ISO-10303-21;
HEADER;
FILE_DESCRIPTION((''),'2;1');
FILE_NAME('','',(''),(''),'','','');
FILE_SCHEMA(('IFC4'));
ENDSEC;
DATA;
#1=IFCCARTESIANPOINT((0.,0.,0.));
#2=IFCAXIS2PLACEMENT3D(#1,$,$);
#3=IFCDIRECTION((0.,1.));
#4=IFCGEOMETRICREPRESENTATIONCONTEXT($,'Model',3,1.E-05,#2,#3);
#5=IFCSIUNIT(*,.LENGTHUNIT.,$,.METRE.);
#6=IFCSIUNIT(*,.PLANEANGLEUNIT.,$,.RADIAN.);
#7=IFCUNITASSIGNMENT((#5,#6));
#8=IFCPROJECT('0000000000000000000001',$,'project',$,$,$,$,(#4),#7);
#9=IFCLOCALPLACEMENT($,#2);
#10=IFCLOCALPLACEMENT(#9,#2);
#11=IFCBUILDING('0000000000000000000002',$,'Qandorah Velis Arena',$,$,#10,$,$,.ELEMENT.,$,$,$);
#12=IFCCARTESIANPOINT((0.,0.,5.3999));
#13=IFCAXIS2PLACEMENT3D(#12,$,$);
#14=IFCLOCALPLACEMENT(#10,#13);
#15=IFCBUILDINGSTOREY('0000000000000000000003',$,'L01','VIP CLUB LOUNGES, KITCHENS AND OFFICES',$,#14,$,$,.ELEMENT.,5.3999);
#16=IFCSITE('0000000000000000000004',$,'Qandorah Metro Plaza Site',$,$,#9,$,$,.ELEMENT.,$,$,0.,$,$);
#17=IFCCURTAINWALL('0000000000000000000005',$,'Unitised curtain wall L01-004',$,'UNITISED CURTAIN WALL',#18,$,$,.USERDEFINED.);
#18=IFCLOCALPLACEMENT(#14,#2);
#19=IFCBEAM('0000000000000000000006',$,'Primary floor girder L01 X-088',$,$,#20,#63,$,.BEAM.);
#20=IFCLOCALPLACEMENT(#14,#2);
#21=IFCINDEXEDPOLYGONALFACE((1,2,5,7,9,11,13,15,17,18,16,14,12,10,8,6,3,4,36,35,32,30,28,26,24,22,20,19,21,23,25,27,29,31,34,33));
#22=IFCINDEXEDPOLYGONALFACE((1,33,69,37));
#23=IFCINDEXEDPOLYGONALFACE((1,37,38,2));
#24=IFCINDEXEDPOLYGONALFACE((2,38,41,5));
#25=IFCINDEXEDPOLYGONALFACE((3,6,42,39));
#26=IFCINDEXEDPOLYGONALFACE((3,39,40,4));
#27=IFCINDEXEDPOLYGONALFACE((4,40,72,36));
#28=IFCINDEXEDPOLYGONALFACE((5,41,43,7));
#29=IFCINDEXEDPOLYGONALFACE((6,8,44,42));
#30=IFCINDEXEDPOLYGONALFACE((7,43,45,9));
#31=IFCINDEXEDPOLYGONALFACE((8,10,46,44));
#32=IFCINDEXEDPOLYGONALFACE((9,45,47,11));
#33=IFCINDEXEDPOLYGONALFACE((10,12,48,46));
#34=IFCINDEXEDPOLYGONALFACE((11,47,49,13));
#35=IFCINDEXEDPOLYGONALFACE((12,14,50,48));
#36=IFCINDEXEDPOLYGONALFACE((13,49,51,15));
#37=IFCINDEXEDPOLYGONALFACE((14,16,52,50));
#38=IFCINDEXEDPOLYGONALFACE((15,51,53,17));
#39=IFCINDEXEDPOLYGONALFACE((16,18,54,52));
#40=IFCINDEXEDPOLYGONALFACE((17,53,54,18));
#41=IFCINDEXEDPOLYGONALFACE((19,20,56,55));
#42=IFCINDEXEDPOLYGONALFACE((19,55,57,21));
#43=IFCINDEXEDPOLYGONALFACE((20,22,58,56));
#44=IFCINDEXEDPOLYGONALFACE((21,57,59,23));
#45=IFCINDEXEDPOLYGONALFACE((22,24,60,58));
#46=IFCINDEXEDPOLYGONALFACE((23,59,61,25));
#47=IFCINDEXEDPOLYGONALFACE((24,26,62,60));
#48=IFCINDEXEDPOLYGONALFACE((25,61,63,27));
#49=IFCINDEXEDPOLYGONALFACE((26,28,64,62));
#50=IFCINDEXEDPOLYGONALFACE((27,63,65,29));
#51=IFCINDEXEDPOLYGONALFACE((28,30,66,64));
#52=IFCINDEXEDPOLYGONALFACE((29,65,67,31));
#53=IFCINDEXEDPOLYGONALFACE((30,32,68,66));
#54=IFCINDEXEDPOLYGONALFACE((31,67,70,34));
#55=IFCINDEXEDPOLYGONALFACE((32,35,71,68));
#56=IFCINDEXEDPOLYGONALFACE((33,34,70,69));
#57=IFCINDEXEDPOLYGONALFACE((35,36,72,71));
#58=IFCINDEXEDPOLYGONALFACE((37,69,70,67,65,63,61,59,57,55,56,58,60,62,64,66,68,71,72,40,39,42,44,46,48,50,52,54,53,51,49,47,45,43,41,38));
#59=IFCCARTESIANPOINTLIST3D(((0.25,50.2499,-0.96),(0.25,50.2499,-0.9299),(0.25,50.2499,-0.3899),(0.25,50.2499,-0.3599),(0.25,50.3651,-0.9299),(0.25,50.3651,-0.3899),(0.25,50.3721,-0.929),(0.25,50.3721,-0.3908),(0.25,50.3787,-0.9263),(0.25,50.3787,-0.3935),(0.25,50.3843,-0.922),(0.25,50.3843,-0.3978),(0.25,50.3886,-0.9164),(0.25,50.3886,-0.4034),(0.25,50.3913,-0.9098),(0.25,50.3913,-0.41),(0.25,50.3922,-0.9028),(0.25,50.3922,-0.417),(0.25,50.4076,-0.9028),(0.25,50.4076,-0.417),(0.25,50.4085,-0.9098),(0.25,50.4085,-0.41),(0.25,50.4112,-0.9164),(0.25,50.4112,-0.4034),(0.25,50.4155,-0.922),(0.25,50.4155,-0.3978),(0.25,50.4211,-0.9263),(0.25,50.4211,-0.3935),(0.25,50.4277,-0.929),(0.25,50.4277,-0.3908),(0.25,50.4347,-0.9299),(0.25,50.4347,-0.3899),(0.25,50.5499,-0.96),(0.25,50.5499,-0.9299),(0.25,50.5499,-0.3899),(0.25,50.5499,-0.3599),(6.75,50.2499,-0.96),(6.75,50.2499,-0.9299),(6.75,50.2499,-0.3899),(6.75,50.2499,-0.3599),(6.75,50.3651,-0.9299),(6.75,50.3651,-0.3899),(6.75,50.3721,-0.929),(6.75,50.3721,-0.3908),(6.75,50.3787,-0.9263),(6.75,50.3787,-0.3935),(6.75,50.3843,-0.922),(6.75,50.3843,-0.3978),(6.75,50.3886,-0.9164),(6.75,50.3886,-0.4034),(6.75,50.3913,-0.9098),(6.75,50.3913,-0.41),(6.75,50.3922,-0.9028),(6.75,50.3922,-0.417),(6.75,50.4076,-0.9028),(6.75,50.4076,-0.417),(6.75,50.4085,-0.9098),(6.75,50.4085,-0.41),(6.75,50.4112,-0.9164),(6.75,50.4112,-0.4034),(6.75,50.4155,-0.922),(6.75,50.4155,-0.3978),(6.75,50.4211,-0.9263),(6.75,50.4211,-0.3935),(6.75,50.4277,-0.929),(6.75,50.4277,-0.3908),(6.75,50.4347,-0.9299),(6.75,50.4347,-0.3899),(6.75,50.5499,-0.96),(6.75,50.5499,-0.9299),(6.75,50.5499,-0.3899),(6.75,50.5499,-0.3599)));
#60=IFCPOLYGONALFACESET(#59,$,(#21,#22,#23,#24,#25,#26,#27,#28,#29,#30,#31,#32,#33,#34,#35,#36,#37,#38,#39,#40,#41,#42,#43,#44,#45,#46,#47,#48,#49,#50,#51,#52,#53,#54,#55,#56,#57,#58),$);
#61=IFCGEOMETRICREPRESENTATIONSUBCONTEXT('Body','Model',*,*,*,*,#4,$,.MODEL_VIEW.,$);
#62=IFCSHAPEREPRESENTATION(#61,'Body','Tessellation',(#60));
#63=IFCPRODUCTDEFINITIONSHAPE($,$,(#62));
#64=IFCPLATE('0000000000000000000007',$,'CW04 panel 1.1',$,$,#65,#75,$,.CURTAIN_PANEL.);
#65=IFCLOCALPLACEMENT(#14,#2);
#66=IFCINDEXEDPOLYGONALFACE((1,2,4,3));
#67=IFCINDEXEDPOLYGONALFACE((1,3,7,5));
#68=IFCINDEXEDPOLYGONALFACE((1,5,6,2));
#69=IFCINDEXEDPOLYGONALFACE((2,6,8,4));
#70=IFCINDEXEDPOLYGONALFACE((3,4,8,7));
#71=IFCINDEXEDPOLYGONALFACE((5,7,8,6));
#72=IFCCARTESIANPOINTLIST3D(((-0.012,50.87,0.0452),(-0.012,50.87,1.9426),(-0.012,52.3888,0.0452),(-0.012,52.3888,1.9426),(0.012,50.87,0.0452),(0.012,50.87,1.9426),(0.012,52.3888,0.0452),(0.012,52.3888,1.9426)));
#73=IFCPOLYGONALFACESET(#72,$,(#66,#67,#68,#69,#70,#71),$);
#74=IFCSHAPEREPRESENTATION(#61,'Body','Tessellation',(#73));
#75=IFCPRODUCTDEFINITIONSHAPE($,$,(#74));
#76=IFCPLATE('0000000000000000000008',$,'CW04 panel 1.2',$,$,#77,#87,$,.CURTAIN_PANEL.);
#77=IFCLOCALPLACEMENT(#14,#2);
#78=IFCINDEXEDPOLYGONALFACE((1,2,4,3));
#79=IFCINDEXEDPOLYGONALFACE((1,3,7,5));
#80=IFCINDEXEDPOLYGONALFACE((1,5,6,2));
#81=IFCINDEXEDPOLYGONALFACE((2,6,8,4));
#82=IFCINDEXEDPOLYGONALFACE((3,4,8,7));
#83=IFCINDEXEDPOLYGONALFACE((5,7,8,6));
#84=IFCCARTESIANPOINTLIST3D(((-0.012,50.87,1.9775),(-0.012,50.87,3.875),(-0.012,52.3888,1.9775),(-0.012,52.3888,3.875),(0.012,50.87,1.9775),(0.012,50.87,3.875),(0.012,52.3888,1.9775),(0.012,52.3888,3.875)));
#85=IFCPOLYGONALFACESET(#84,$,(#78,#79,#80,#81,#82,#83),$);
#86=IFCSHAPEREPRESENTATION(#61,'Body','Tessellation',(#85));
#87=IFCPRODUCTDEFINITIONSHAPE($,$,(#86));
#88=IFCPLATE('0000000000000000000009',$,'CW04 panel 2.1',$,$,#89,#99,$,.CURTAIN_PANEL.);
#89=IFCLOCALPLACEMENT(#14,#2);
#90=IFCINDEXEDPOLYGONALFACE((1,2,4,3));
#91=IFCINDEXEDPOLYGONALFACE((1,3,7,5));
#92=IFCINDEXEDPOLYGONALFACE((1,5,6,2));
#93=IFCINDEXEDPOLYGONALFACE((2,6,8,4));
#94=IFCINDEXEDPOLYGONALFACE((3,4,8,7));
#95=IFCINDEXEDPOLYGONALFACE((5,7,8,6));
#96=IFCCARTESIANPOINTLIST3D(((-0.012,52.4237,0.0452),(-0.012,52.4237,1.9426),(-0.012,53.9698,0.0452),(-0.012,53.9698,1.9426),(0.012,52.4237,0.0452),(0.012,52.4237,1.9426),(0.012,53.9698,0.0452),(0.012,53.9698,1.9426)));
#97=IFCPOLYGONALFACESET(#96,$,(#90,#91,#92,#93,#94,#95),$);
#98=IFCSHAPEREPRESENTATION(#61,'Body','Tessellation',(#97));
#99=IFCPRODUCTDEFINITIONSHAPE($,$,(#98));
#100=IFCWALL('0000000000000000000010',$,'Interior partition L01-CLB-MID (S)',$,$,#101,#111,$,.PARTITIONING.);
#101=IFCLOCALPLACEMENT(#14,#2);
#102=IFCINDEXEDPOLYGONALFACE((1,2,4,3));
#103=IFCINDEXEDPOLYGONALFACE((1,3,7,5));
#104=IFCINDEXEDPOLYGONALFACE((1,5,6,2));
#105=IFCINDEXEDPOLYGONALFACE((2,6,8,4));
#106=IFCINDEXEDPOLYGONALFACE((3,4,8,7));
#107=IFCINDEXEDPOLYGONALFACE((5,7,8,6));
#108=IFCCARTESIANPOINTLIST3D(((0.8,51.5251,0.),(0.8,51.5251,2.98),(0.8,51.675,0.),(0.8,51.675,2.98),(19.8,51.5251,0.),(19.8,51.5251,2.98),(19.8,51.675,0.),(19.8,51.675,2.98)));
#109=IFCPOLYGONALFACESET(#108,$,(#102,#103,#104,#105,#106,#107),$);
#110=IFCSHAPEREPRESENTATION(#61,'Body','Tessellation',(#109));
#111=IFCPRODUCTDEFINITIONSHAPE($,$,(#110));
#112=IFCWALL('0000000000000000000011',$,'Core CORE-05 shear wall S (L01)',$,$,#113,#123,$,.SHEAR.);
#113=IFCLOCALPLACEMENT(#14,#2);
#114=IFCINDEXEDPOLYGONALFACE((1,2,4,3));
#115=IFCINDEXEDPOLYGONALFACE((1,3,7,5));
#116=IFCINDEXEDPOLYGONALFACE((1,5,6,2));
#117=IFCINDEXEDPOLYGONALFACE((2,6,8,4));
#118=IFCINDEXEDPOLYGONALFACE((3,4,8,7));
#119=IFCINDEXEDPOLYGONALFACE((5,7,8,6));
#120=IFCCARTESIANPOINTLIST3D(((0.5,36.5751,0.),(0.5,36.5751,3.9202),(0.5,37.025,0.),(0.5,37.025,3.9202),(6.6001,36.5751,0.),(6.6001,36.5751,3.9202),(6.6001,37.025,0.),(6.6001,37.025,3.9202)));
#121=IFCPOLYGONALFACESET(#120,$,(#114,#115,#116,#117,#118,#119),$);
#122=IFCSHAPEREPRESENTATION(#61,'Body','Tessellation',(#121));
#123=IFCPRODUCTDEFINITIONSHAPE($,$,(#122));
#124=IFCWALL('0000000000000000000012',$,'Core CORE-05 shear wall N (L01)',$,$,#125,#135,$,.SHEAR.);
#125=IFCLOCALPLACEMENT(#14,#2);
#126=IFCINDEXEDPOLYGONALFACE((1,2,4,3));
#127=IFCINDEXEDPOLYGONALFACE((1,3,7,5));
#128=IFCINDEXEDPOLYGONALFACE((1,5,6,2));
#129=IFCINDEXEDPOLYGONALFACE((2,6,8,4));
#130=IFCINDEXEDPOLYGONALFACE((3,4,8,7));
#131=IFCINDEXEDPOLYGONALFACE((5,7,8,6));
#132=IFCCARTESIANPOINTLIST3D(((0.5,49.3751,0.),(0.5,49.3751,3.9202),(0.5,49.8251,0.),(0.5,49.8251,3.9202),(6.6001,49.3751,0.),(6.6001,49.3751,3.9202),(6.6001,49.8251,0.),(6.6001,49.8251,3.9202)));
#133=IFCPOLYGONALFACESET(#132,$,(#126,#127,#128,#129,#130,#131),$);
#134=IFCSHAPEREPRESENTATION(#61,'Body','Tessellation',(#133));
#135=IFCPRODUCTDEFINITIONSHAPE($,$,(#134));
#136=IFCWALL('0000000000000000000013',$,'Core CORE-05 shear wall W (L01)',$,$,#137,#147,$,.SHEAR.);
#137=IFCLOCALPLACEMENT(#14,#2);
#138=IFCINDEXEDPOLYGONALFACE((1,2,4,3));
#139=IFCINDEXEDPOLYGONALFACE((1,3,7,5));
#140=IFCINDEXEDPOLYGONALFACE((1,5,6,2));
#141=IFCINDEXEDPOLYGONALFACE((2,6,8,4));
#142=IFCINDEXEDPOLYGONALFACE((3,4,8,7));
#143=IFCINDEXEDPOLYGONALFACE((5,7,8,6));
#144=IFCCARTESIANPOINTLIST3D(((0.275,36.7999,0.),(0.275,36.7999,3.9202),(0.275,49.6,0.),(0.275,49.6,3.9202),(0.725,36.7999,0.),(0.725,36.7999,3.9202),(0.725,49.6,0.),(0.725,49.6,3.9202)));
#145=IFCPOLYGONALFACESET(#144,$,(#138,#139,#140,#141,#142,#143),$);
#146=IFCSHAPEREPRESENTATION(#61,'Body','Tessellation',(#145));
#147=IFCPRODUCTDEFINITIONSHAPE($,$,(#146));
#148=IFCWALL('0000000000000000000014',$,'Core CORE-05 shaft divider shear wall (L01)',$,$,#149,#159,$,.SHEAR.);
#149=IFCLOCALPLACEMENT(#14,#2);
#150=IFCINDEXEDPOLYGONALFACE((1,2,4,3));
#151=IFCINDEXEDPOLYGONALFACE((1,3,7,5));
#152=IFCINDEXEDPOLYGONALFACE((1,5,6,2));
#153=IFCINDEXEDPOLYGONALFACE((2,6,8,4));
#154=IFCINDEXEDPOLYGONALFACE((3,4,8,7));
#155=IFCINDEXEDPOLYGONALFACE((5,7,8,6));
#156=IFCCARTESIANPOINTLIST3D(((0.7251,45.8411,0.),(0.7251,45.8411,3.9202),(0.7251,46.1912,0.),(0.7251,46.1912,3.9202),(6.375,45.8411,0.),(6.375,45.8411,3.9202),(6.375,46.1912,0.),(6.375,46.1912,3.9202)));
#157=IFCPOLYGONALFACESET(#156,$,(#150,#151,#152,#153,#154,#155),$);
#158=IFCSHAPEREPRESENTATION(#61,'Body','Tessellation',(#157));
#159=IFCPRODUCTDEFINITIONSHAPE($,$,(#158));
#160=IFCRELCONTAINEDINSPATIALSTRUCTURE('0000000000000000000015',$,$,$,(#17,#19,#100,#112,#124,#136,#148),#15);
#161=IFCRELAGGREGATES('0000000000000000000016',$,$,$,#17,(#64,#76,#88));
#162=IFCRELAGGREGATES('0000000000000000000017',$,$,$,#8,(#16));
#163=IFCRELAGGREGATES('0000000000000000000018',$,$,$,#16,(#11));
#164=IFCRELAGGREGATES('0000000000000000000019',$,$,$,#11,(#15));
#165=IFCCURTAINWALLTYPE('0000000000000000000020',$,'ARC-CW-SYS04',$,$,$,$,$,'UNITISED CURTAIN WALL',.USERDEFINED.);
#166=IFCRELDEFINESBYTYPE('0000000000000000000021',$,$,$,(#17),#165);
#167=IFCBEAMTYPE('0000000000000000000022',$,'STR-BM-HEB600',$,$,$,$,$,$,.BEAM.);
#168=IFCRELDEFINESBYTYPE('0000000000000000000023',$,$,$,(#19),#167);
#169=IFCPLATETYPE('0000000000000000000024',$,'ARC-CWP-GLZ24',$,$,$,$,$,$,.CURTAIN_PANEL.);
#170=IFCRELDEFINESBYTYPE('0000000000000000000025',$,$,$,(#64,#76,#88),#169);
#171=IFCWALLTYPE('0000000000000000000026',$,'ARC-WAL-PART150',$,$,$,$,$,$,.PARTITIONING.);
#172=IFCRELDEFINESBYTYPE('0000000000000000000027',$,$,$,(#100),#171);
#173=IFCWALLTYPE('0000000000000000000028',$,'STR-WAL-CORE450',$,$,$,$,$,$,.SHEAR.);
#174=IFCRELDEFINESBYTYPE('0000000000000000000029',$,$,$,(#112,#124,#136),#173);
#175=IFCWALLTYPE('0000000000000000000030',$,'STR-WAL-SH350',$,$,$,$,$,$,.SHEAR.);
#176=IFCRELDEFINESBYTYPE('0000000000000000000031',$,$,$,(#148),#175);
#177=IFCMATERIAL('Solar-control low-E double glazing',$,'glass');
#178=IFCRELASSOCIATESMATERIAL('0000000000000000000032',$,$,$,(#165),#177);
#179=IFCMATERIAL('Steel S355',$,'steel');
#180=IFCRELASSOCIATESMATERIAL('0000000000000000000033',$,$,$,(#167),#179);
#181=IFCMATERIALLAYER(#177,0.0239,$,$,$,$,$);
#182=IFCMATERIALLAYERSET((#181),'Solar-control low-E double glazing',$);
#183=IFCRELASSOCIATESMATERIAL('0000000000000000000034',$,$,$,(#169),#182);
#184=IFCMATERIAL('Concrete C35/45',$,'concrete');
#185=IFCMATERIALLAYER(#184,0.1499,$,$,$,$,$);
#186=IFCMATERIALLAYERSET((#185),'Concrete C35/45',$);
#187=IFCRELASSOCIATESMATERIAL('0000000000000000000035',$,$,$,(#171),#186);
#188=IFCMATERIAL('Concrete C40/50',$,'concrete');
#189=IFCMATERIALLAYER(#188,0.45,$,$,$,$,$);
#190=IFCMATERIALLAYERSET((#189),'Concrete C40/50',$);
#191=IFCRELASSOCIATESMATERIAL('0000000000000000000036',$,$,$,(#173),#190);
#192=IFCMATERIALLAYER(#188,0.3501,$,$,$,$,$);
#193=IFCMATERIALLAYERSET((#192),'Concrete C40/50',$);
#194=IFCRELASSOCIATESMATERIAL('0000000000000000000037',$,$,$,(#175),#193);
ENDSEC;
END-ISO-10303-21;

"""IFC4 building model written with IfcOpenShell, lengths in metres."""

from ifc_helpers import new_model, si_unit, direction, frame, frame_2d, origin, origin_2d, place, context, subcontext, project, spatial, rectangle, i_section, extrude, material, layer, layer_set, material_profile, profile_set, type_object, element, aggregate, save


model = new_model("IFC4")

# Units and contexts
model_context = context("Model", 3, precision=1e-05, world=origin(), true_north=direction((0.0, 1.0)))
body_context = subcontext(model_context, "Body", "Model", "MODEL_VIEW")
ifc_project = project(units=[si_unit("LENGTHUNIT", "METRE"), si_unit("PLANEANGLEUNIT", "RADIAN")], contexts=[model_context])

# Site, building, storey
site_placement = place(None, origin())
site = spatial("IfcSite", under=ifc_project, at=site_placement, Name="Qandorah Metro Plaza Site", CompositionType="ELEMENT", RefElevation=0.0)
building_placement = place(site_placement, origin())
building = spatial("IfcBuilding", under=site, at=building_placement, Name="Qandorah Velis Arena", CompositionType="ELEMENT")
storey_placement = place(building_placement, frame((0.0, 0.0, 5.3999)))
storey = spatial("IfcBuildingStorey", under=building, at=storey_placement, Name="L01", Description="VIP CLUB LOUNGES, KITCHENS AND OFFICES", CompositionType="ELEMENT", Elevation=5.3999)

# Shared definitions
ifc_material_1 = material(Name="Concrete C40/50", Category="concrete")

# Curtain wall
ifc_material_2 = material(Name="Solar-control low-E double glazing", Category="glass")
curtain_wall_type = type_object("IfcCurtainWallType", Name="ARC-CW-SYS04", ElementType="UNITISED CURTAIN WALL", PredefinedType="USERDEFINED", material=ifc_material_2)
curtain_wall_placement = place(storey_placement, origin())
curtain_wall = element("IfcCurtainWall", 1, at=curtain_wall_placement, inside=storey, type_object=curtain_wall_type, Name="Unitised curtain wall L01-004", ObjectType="UNITISED CURTAIN WALL", PredefinedType="USERDEFINED")

# Beam
ifc_material_3 = material(Name="Steel S355", Category="steel")
ifc_material_profile_1 = material_profile(ifc_material_3, i_section(OverallWidth=0.3, OverallDepth=0.6001, WebThickness=0.0154, FlangeThickness=0.03, FilletRadius=0.0271, at=origin_2d()), Name="HEB 600")
ifc_profile_set_1 = profile_set([ifc_material_profile_1], Name="Steel S355")
beam_type_1 = type_object("IfcBeamType", Name="STR-BM-HEB600", PredefinedType="BEAM", material=ifc_profile_set_1)
beam_1_placement = place(storey_placement, frame((0.25, 50.3999, -0.6599), z_axis=(1.0, 0.0, 0.0), x_axis=(0.0, 1.0, 0.0)))
element("IfcBeam", 2, at=beam_1_placement, inside=storey, type_object=beam_type_1, Name="Primary floor girder L01 X-088", PredefinedType="BEAM", context=body_context, shape_type="SweptSolid", body=[
    extrude(i_section(OverallWidth=0.3, OverallDepth=0.6001, WebThickness=0.0154, FlangeThickness=0.03, FilletRadius=0.0271, at=origin_2d()), origin(), (0.0, 0.0, 1.0), 6.5),
])

# Plates
ifc_layer_1 = layer(ifc_material_2, 0.0239)
ifc_layer_set_1 = layer_set([ifc_layer_1], Name="Solar-control low-E double glazing")
plate_type = type_object("IfcPlateType", Name="ARC-CWP-GLZ24", PredefinedType="CURTAIN_PANEL", material=ifc_layer_set_1)
plate_1_placement = place(storey_placement, frame((0.0, 51.6294, 0.0452), z_axis=(0.0, 0.0, 1.0), x_axis=(0.0, 1.0, 0.0)))
plate_1 = element("IfcPlate", 3, at=plate_1_placement, type_object=plate_type, Name="CW04 panel 1.1", PredefinedType="CURTAIN_PANEL", context=body_context, shape_type="SweptSolid", body=[
    extrude(rectangle(XDim=1.5188, YDim=0.0239, at=origin_2d()), origin(), (0.0, 0.0, 1.0), 1.8975),
])
plate_2_placement = place(storey_placement, frame((0.0, 51.6294, 1.9775), z_axis=(0.0, 0.0, 1.0), x_axis=(0.0, 1.0, 0.0)))
plate_2 = element("IfcPlate", 4, at=plate_2_placement, type_object=plate_type, Name="CW04 panel 1.2", PredefinedType="CURTAIN_PANEL", context=body_context, shape_type="SweptSolid", body=[
    extrude(rectangle(XDim=1.5188, YDim=0.0239, at=origin_2d()), origin(), (0.0, 0.0, 1.0), 1.8975),
])
plate_3_placement = place(storey_placement, frame((0.0, 53.1968, 0.0452), z_axis=(0.0, 0.0, 1.0), x_axis=(0.0, 1.0, 0.0)))
plate_3 = element("IfcPlate", 5, at=plate_3_placement, type_object=plate_type, Name="CW04 panel 2.1", PredefinedType="CURTAIN_PANEL", context=body_context, shape_type="SweptSolid", body=[
    extrude(rectangle(XDim=1.5461, YDim=0.0239, at=origin_2d()), origin(), (0.0, 0.0, 1.0), 1.8975),
])
aggregate(curtain_wall, [plate_1, plate_2, plate_3])

# Walls
ifc_material_4 = material(Name="Concrete C35/45", Category="concrete")
ifc_layer_2 = layer(ifc_material_4, 0.1499)
ifc_layer_set_2 = layer_set([ifc_layer_2], Name="Concrete C35/45")
wall_type_1 = type_object("IfcWallType", Name="ARC-WAL-PART150", PredefinedType="PARTITIONING", material=ifc_layer_set_2)
wall_1_placement = place(storey_placement, frame((0.8, 51.6001, 0.0), z_axis=(0.0, 0.0, 1.0), x_axis=(1.0, 0.0, 0.0)))
element("IfcWall", 6, at=wall_1_placement, inside=storey, type_object=wall_type_1, Name="Interior partition L01-CLB-MID (S)", PredefinedType="PARTITIONING", context=body_context, shape_type="SweptSolid", body=[
    extrude(rectangle(XDim=19.0, YDim=0.1499, at=frame_2d((9.5, 0.0))), origin(), (0.0, 0.0, 1.0), 2.98),
])
ifc_layer_3 = layer(ifc_material_1, 0.45)
ifc_layer_set_3 = layer_set([ifc_layer_3], Name="Concrete C40/50")
wall_type_2 = type_object("IfcWallType", Name="STR-WAL-CORE450", PredefinedType="SHEAR", material=ifc_layer_set_3)
for number, where, z_axis, x_axis, name in (
    (7, (0.5, 36.8, 0.0), (0.0, 0.0, 1.0), (1.0, 0.0, 0.0), "Core CORE-05 shear wall S (L01)"),
    (8, (0.5, 49.6001, 0.0), (0.0, 0.0, 1.0), (1.0, 0.0, 0.0), "Core CORE-05 shear wall N (L01)"),
):
    element("IfcWall", number, at=place(storey_placement, frame(where, z_axis=z_axis, x_axis=x_axis)), inside=storey, type_object=wall_type_2, Name=name, PredefinedType="SHEAR", context=body_context, shape_type="SweptSolid", body=[
        extrude(rectangle(XDim=6.1001, YDim=0.45, at=frame_2d((3.05, 0.0))), origin(), (0.0, 0.0, 1.0), 3.9202),
    ])
wall_2_placement = place(storey_placement, frame((0.5, 36.8, 0.0), z_axis=(0.0, 0.0, 1.0), x_axis=(0.0, 1.0, 0.0)))
element("IfcWall", 9, at=wall_2_placement, inside=storey, type_object=wall_type_2, Name="Core CORE-05 shear wall W (L01)", PredefinedType="SHEAR", context=body_context, shape_type="SweptSolid", body=[
    extrude(rectangle(XDim=12.8, YDim=0.45, at=frame_2d((6.3999, 0.0))), origin(), (0.0, 0.0, 1.0), 3.9202),
])
ifc_layer_4 = layer(ifc_material_1, 0.3501)
ifc_layer_set_4 = layer_set([ifc_layer_4], Name="Concrete C40/50")
wall_type_3 = type_object("IfcWallType", Name="STR-WAL-SH350", PredefinedType="SHEAR", material=ifc_layer_set_4)
wall_3_placement = place(storey_placement, frame((0.7251, 46.0161, 0.0), z_axis=(0.0, 0.0, 1.0), x_axis=(1.0, 0.0, 0.0)))
element("IfcWall", 10, at=wall_3_placement, inside=storey, type_object=wall_type_3, Name="Core CORE-05 shaft divider shear wall (L01)", PredefinedType="SHEAR", context=body_context, shape_type="SweptSolid", body=[
    extrude(rectangle(XDim=5.6499, YDim=0.3501, at=frame_2d((2.825, 0.0))), origin(), (0.0, 0.0, 1.0), 3.9202),
])

save(model, "model.ifc")
